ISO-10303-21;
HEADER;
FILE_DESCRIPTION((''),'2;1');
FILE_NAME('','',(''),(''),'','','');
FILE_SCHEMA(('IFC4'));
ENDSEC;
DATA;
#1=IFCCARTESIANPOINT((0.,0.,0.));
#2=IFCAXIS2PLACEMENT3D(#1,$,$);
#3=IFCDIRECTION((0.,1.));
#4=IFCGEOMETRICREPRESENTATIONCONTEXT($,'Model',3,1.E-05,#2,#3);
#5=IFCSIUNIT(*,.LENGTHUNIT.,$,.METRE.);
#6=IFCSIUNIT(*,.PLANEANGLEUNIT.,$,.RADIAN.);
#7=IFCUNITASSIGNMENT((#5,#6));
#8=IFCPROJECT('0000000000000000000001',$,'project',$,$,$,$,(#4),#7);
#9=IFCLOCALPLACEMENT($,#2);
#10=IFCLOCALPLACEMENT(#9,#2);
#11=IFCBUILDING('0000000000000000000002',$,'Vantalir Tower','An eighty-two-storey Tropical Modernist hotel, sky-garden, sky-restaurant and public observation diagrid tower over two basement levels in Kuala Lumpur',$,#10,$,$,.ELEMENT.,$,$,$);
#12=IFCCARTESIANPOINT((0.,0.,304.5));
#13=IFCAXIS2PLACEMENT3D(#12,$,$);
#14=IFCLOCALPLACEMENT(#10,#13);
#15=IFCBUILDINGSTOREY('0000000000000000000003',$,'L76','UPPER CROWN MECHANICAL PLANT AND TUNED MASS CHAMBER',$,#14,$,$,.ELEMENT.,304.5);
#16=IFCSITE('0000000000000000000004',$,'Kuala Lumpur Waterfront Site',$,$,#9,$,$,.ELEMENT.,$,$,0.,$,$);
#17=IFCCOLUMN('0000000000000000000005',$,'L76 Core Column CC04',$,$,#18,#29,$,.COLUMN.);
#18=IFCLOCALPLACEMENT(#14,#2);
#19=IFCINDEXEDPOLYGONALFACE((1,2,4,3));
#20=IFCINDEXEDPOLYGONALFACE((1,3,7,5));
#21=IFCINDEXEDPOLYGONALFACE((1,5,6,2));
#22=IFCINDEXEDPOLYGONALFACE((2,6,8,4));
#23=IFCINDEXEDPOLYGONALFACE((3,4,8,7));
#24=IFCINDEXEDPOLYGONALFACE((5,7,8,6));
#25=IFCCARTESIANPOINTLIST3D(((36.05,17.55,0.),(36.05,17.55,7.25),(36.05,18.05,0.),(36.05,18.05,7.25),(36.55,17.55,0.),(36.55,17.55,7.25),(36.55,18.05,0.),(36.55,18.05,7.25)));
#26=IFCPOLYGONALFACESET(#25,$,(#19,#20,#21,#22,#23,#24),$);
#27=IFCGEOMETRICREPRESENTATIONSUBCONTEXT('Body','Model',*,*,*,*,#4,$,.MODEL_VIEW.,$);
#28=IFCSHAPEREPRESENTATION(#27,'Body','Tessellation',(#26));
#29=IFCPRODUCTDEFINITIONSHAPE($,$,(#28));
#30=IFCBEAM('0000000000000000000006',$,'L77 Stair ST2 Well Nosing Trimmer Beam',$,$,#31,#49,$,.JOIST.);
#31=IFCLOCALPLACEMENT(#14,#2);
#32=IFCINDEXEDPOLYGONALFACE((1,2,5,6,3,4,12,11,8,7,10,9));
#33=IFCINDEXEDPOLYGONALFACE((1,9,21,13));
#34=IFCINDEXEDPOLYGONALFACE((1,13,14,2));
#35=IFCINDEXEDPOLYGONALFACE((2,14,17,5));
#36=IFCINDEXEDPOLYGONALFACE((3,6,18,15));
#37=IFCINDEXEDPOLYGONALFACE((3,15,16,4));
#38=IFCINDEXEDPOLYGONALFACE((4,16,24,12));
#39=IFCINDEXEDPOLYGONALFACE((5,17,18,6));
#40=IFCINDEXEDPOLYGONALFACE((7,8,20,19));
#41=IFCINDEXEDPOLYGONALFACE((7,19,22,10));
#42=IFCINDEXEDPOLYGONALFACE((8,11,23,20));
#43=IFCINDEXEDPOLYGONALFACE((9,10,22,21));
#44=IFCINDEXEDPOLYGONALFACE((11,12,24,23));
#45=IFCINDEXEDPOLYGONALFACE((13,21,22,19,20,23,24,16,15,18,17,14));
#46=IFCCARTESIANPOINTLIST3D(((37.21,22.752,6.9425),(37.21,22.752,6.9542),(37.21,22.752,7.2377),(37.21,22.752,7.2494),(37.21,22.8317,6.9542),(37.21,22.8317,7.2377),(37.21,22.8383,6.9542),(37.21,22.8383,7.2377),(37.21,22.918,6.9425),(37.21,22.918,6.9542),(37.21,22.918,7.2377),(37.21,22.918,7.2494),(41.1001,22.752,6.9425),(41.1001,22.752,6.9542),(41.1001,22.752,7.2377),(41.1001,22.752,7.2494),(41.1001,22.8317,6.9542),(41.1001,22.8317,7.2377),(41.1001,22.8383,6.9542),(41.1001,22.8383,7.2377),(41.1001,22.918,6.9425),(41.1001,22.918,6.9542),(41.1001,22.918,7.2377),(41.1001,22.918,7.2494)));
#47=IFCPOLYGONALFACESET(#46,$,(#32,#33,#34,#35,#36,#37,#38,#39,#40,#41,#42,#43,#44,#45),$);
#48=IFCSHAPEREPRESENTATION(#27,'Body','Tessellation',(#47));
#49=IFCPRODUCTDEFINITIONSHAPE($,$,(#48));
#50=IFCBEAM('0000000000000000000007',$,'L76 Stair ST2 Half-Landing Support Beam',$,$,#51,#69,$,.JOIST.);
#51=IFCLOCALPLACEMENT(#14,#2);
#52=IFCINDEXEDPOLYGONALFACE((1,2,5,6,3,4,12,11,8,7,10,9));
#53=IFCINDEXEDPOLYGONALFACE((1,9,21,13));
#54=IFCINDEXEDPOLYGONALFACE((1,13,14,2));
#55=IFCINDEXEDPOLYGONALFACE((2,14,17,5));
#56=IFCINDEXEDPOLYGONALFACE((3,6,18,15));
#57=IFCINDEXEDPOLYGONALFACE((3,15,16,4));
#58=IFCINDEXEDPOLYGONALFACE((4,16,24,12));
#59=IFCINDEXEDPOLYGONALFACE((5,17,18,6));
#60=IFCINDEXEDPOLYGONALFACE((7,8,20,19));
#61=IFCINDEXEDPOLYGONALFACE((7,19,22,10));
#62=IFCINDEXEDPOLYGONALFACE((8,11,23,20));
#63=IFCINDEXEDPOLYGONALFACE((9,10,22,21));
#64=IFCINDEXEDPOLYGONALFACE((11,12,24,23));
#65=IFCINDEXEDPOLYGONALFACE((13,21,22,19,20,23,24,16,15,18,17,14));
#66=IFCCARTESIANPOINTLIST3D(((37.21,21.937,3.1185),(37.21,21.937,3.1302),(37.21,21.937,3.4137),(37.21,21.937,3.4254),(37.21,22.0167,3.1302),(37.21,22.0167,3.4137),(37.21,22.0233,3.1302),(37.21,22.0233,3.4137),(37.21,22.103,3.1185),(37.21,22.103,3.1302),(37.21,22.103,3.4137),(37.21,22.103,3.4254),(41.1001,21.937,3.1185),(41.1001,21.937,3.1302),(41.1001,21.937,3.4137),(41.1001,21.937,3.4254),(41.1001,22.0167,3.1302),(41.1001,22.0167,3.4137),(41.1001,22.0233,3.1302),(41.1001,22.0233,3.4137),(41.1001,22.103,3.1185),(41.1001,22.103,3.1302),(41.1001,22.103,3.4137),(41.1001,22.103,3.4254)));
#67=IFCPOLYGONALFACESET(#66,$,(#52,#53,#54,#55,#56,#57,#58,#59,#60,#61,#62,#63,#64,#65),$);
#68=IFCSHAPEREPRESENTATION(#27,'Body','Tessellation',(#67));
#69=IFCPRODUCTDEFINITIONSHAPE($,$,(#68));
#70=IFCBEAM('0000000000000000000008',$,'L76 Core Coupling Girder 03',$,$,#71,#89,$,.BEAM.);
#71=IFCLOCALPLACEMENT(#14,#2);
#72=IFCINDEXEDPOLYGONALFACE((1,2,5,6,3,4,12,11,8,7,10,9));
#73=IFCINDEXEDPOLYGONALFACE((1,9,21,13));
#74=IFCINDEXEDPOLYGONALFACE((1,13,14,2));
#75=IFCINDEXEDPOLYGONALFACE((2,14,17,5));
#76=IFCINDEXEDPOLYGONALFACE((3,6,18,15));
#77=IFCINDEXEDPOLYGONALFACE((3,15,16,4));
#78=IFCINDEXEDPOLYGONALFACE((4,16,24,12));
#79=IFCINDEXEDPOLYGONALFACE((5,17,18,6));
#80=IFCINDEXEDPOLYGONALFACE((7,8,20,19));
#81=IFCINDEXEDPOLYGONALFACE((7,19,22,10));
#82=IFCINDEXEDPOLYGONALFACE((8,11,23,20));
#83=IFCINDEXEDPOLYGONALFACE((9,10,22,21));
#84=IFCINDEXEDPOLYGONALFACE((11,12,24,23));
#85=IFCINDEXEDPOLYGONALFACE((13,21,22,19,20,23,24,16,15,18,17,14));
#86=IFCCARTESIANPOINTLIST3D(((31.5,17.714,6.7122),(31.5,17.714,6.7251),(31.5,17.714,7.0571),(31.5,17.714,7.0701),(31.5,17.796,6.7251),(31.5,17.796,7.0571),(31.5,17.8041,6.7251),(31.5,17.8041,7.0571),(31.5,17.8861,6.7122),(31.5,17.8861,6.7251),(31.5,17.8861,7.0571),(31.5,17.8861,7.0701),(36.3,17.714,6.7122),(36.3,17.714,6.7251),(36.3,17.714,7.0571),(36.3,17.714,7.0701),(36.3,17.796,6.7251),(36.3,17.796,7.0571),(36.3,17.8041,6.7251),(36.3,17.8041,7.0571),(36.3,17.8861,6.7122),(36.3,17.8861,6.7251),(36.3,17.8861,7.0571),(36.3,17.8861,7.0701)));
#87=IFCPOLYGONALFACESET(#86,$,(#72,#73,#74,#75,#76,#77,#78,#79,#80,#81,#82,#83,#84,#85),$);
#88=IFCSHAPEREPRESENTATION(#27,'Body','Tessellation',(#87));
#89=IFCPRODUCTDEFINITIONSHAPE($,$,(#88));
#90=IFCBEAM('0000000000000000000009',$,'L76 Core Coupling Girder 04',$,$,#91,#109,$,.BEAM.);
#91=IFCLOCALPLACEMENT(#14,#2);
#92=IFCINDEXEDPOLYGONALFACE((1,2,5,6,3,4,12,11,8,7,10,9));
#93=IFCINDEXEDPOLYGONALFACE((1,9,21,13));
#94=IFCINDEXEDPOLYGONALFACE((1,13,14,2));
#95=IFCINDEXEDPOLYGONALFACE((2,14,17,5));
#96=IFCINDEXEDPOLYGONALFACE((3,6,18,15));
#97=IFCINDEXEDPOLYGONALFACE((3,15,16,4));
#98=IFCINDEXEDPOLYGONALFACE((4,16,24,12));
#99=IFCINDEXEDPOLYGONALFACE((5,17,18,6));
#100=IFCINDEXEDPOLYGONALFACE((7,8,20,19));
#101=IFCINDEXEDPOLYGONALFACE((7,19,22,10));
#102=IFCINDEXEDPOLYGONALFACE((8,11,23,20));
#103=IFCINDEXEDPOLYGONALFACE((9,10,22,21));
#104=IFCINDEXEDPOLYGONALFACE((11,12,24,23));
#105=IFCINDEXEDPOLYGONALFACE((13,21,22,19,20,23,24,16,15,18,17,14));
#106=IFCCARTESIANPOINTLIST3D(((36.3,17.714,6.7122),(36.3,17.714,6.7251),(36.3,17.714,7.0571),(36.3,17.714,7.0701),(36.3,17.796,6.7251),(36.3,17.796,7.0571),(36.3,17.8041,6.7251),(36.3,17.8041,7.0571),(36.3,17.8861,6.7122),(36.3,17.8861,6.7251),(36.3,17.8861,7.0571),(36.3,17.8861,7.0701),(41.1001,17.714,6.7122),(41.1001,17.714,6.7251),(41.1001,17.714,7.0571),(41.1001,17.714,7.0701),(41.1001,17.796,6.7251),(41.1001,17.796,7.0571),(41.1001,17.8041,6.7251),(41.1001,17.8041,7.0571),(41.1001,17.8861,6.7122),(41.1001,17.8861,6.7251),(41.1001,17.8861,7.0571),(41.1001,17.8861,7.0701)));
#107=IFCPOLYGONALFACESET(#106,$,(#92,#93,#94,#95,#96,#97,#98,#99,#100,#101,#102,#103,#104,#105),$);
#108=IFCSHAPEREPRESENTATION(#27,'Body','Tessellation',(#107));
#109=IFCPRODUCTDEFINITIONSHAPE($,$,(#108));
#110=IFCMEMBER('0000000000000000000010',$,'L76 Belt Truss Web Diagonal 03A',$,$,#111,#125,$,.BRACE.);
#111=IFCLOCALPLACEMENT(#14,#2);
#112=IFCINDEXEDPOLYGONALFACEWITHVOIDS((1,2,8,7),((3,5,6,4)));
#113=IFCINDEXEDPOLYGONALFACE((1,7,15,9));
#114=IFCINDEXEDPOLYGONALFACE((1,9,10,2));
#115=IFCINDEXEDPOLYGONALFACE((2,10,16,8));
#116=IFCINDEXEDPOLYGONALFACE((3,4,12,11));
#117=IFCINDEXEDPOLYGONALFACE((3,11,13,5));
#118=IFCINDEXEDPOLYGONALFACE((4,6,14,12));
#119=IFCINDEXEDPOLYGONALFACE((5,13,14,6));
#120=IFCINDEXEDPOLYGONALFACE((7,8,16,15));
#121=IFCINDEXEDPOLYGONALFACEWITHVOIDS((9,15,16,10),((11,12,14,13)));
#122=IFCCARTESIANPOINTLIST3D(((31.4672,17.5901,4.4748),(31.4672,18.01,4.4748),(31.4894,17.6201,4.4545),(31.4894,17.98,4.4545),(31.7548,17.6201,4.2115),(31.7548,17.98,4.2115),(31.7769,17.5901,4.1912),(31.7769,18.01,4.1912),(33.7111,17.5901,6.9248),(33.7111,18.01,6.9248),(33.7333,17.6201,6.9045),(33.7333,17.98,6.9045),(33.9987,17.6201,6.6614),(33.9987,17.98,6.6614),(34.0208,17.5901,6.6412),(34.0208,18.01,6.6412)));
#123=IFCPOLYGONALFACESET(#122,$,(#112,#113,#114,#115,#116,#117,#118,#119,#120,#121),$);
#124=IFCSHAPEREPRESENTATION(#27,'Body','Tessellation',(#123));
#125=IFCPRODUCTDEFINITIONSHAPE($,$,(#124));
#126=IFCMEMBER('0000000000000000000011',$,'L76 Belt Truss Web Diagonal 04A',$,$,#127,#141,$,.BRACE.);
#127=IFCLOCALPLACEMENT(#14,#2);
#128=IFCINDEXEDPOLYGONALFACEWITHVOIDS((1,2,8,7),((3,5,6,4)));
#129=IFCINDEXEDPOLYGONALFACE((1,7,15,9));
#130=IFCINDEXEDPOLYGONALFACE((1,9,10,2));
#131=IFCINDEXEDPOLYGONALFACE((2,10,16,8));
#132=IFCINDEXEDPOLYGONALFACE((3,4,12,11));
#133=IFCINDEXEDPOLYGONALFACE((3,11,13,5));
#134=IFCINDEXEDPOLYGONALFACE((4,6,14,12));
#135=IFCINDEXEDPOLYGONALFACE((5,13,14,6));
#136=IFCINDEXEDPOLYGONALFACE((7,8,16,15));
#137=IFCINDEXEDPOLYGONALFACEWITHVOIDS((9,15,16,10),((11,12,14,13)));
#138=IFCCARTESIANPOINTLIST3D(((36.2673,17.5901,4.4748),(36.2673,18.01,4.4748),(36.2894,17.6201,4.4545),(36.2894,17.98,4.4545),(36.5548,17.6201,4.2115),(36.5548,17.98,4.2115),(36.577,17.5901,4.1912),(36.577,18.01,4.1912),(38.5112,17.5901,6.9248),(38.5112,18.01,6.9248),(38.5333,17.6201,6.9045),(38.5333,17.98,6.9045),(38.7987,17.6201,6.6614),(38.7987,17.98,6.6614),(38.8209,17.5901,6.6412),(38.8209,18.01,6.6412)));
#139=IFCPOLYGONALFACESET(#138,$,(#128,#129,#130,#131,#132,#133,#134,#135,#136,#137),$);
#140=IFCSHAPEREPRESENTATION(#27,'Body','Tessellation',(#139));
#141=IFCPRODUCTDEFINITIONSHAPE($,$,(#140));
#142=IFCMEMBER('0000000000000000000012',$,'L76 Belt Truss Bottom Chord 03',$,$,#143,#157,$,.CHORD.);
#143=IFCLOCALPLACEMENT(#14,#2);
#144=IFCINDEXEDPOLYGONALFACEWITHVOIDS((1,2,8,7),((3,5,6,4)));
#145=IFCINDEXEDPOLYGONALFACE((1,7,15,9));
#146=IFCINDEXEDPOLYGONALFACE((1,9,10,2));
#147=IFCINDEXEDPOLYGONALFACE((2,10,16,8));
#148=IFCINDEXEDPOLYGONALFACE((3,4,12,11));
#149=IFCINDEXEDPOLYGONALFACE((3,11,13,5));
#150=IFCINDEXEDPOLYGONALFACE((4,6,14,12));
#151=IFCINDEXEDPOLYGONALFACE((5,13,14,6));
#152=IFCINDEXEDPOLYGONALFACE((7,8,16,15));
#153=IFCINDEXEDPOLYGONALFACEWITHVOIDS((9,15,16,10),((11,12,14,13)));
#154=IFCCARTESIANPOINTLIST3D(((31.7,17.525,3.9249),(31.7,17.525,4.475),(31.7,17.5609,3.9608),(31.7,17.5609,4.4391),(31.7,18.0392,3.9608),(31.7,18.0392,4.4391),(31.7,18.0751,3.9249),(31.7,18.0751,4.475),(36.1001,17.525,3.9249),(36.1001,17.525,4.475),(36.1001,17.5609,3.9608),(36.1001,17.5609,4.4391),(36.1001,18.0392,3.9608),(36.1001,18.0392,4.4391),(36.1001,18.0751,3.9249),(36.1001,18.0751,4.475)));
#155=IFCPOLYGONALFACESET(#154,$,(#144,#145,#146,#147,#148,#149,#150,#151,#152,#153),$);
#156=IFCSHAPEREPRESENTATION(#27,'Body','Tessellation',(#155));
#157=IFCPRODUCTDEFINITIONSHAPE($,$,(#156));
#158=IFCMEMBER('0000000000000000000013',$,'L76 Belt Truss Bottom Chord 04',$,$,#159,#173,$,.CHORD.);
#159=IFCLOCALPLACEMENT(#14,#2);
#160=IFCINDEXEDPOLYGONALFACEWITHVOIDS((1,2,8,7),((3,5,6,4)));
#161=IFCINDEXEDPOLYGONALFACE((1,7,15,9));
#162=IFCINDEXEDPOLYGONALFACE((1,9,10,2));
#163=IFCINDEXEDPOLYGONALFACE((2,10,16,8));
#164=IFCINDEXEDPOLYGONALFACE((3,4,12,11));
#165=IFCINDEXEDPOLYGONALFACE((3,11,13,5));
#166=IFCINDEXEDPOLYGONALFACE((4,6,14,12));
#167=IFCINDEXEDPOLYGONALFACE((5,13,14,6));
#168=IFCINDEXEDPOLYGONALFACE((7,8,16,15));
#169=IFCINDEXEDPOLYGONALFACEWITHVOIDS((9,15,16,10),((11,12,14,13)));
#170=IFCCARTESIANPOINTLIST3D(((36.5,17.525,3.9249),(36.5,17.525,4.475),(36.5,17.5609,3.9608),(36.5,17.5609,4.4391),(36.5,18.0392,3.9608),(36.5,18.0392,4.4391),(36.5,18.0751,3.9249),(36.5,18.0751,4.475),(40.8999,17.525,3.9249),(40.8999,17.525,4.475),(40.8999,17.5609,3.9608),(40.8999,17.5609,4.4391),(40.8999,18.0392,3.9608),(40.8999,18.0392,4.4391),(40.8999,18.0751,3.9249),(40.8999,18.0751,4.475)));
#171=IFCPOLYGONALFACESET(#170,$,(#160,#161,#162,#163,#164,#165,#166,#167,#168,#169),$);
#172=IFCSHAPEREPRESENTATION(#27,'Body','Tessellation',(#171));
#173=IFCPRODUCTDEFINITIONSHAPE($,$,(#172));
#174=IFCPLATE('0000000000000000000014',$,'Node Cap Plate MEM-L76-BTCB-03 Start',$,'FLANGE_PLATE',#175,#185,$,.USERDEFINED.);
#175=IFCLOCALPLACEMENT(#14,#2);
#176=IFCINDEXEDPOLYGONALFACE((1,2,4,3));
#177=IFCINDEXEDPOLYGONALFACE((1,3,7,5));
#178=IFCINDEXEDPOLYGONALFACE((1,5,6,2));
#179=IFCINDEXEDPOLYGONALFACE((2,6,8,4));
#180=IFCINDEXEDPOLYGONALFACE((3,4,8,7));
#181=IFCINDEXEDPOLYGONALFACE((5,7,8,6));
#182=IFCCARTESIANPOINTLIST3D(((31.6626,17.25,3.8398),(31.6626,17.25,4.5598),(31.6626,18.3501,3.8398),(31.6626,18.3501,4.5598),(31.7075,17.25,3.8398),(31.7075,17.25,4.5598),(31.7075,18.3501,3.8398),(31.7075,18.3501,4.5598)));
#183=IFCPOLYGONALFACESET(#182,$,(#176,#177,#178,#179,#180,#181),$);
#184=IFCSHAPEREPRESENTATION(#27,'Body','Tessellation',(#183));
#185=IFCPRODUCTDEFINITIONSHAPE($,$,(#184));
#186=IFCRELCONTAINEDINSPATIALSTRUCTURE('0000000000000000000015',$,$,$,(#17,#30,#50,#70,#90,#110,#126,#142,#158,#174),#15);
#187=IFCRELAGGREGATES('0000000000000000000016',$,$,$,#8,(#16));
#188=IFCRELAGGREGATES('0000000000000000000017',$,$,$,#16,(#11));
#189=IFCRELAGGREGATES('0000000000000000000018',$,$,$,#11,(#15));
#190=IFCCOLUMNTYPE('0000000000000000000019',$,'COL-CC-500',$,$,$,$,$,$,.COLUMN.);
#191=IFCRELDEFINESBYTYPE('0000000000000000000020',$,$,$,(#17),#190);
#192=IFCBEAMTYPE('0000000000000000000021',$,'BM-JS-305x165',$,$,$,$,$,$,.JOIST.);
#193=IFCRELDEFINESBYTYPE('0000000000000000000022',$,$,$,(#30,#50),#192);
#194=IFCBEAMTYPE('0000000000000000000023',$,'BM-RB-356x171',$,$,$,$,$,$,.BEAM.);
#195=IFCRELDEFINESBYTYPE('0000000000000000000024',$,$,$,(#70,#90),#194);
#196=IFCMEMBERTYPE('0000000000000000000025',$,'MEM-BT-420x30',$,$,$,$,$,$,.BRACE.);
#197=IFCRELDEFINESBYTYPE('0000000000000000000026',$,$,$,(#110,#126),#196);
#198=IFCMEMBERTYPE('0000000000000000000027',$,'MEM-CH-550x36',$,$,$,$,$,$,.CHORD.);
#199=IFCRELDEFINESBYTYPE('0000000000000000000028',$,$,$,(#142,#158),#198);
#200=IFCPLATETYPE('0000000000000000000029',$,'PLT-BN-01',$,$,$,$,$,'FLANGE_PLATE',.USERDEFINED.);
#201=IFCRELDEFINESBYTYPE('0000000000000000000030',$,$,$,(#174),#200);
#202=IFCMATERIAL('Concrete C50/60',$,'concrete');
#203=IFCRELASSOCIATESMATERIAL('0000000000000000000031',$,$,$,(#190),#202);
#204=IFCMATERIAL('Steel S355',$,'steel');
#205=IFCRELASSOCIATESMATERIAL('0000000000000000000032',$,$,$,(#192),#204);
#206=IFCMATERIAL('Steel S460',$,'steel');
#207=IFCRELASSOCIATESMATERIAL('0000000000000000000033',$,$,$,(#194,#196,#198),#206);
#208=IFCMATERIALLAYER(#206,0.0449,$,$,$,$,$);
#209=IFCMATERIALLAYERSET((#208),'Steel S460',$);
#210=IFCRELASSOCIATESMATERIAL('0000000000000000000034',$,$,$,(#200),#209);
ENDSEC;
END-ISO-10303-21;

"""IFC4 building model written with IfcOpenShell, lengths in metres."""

from ifc_helpers import new_model, si_unit, direction, frame, origin, origin_2d, place, context, subcontext, project, spatial, rectangle, hollow_rectangle, i_section, extrude, material, layer, layer_set, material_profile, profile_set, type_object, element, save


model = new_model("IFC4")

# Units and contexts
model_context = context("Model", 3, precision=1e-05, world=origin(), true_north=direction((0.0, 1.0)))
body_context = subcontext(model_context, "Body", "Model", "MODEL_VIEW")
ifc_project = project(units=[si_unit("LENGTHUNIT", "METRE"), si_unit("PLANEANGLEUNIT", "RADIAN")], contexts=[model_context])

# Site, building, storey
site_placement = place(None, origin())
site = spatial("IfcSite", under=ifc_project, at=site_placement, Name="Kuala Lumpur Waterfront Site", CompositionType="ELEMENT", RefElevation=0.0)
building_placement = place(site_placement, origin())
building = spatial("IfcBuilding", under=site, at=building_placement, Name="Vantalir Tower", Description="An eighty-two-storey Tropical Modernist hotel, sky-garden, sky-restaurant and public observation diagrid tower over two basement levels in Kuala Lumpur", CompositionType="ELEMENT")
storey_placement = place(building_placement, frame((0.0, 0.0, 304.5)))
storey = spatial("IfcBuildingStorey", under=building, at=storey_placement, Name="L76", Description="UPPER CROWN MECHANICAL PLANT AND TUNED MASS CHAMBER", CompositionType="ELEMENT", Elevation=304.5)

# Column
ifc_material_1 = material(Name="Concrete C50/60", Category="concrete")
ifc_material_profile_1 = material_profile(ifc_material_1, rectangle(XDim=0.5, YDim=0.5, at=origin_2d()), Name="Concrete C50/60")
ifc_profile_set_1 = profile_set([ifc_material_profile_1], Name="Concrete C50/60")
column_type = type_object("IfcColumnType", Name="COL-CC-500", PredefinedType="COLUMN", material=ifc_profile_set_1)
column_placement = place(storey_placement, frame((36.3, 17.8, 0.0), z_axis=(0.0, 0.0, 1.0), x_axis=(1.0, 0.0, 0.0)))
element("IfcColumn", 1, at=column_placement, inside=storey, type_object=column_type, Name="L76 Core Column CC04", PredefinedType="COLUMN", context=body_context, shape_type="SweptSolid", body=[
    extrude(rectangle(XDim=0.5, YDim=0.5, at=origin_2d()), origin(), (0.0, 0.0, 1.0), 7.25),
])

# Beams
ifc_material_2 = material(Name="Steel S355", Category="steel")
ifc_material_profile_2 = material_profile(ifc_material_2, i_section(OverallWidth=0.166, OverallDepth=0.3069, WebThickness=0.0066, FlangeThickness=0.0117, at=origin_2d()), Name="Steel S355")
ifc_profile_set_2 = profile_set([ifc_material_profile_2], Name="Steel S355")
beam_type_1 = type_object("IfcBeamType", Name="BM-JS-305x165", PredefinedType="JOIST", material=ifc_profile_set_2)
for number, where, z_axis, x_axis, name in (
    (2, (37.21, 22.835, 7.0959), (1.0, 0.0, 0.0), (0.0, 1.0, 0.0), "L77 Stair ST2 Well Nosing Trimmer Beam"),
    (3, (37.21, 22.02, 3.272), (1.0, 0.0, 0.0), (0.0, 1.0, 0.0), "L76 Stair ST2 Half-Landing Support Beam"),
):
    element("IfcBeam", number, at=place(storey_placement, frame(where, z_axis=z_axis, x_axis=x_axis)), inside=storey, type_object=beam_type_1, Name=name, PredefinedType="JOIST", context=body_context, shape_type="SweptSolid", body=[
        extrude(i_section(OverallWidth=0.166, OverallDepth=0.3069, WebThickness=0.0066, FlangeThickness=0.0117, at=origin_2d()), origin(), (0.0, 0.0, 1.0), 3.8901),
    ])
ifc_material_3 = material(Name="Steel S460", Category="steel")
ifc_material_profile_3 = material_profile(ifc_material_3, i_section(OverallWidth=0.1721, OverallDepth=0.3579, WebThickness=0.0081, FlangeThickness=0.0129, at=origin_2d()), Name="Steel S460")
ifc_profile_set_3 = profile_set([ifc_material_profile_3], Name="Steel S460")
beam_type_2 = type_object("IfcBeamType", Name="BM-RB-356x171", PredefinedType="BEAM", material=ifc_profile_set_3)
for number, where, z_axis, x_axis, name in (
    (4, (31.5, 17.8, 6.8911), (1.0, 0.0, 0.0), (0.0, 1.0, 0.0), "L76 Core Coupling Girder 03"),
    (5, (36.3, 17.8, 6.8911), (1.0, 0.0, 0.0), (0.0, 1.0, 0.0), "L76 Core Coupling Girder 04"),
):
    element("IfcBeam", number, at=place(storey_placement, frame(where, z_axis=z_axis, x_axis=x_axis)), inside=storey, type_object=beam_type_2, Name=name, PredefinedType="BEAM", context=body_context, shape_type="SweptSolid", body=[
        extrude(i_section(OverallWidth=0.1721, OverallDepth=0.3579, WebThickness=0.0081, FlangeThickness=0.0129, at=origin_2d()), origin(), (0.0, 0.0, 1.0), 4.8),
    ])

# Members
ifc_material_profile_4 = material_profile(ifc_material_3, hollow_rectangle(XDim=0.4199, YDim=0.4199, WallThickness=0.03, at=origin_2d()), Name="Steel S460")
ifc_profile_set_4 = profile_set([ifc_material_profile_4], Name="Steel S460")
member_type_1 = type_object("IfcMemberType", Name="MEM-BT-420x30", PredefinedType="BRACE", material=ifc_profile_set_4)
for number, where, z_axis, x_axis, name in (
    (6, (31.6221, 17.8, 4.333), (0.675415, 0.0, 0.737438), (0.0, 1.0, 0.0), "L76 Belt Truss Web Diagonal 03A"),
    (7, (36.4221, 17.8, 4.333), (0.675415, 0.0, 0.737438), (0.0, 1.0, 0.0), "L76 Belt Truss Web Diagonal 04A"),
):
    element("IfcMember", number, at=place(storey_placement, frame(where, z_axis=z_axis, x_axis=x_axis)), inside=storey, type_object=member_type_1, Name=name, PredefinedType="BRACE", context=body_context, shape_type="SweptSolid", body=[
        extrude(hollow_rectangle(XDim=0.4199, YDim=0.4199, WallThickness=0.03, at=origin_2d()), origin(), (0.0, 0.0, 1.0), 3.3223),
    ])
ifc_material_profile_5 = material_profile(ifc_material_3, hollow_rectangle(XDim=0.55, YDim=0.55, WallThickness=0.0359, at=origin_2d()), Name="Steel S460")
ifc_profile_set_5 = profile_set([ifc_material_profile_5], Name="Steel S460")
member_type_2 = type_object("IfcMemberType", Name="MEM-CH-550x36", PredefinedType="CHORD", material=ifc_profile_set_5)
member_1_placement = place(storey_placement, frame((31.7, 17.8, 4.2), z_axis=(1.0, 0.0, 0.0), x_axis=(0.0, 1.0, 0.0)))
element("IfcMember", 8, at=member_1_placement, inside=storey, type_object=member_type_2, Name="L76 Belt Truss Bottom Chord 03", PredefinedType="CHORD", context=body_context, shape_type="SweptSolid", body=[
    extrude(hollow_rectangle(XDim=0.55, YDim=0.55, WallThickness=0.0359, at=origin_2d()), origin(), (0.0, 0.0, 1.0), 4.4001),
])
member_2_placement = place(storey_placement, frame((36.5, 17.8, 4.2), z_axis=(1.0, 0.0, 0.0), x_axis=(0.0, 1.0, 0.0)))
element("IfcMember", 9, at=member_2_placement, inside=storey, type_object=member_type_2, Name="L76 Belt Truss Bottom Chord 04", PredefinedType="CHORD", context=body_context, shape_type="SweptSolid", body=[
    extrude(hollow_rectangle(XDim=0.55, YDim=0.55, WallThickness=0.0359, at=origin_2d()), origin(), (0.0, 0.0, 1.0), 4.3999),
])

# Plate
ifc_layer_1 = layer(ifc_material_3, 0.0449)
ifc_layer_set_1 = layer_set([ifc_layer_1], Name="Steel S460")
plate_type = type_object("IfcPlateType", Name="PLT-BN-01", ElementType="FLANGE_PLATE", PredefinedType="USERDEFINED", material=ifc_layer_set_1)
for number, where, z_axis, x_axis, name in (
    (10, (31.6851, 17.8, 3.8398), (0.0, 0.0, 1.0), (1.0, 0.0, 0.0), "Node Cap Plate MEM-L76-BTCB-03 Start"),
):
    element("IfcPlate", number, at=place(storey_placement, frame(where, z_axis=z_axis, x_axis=x_axis)), inside=storey, type_object=plate_type, Name=name, ObjectType="FLANGE_PLATE", PredefinedType="USERDEFINED", context=body_context, shape_type="SweptSolid", body=[
        extrude(rectangle(XDim=0.0449, YDim=1.1001, at=origin_2d()), origin(), (0.0, 0.0, 1.0), 0.72),
    ])

save(model, "model.ifc")
